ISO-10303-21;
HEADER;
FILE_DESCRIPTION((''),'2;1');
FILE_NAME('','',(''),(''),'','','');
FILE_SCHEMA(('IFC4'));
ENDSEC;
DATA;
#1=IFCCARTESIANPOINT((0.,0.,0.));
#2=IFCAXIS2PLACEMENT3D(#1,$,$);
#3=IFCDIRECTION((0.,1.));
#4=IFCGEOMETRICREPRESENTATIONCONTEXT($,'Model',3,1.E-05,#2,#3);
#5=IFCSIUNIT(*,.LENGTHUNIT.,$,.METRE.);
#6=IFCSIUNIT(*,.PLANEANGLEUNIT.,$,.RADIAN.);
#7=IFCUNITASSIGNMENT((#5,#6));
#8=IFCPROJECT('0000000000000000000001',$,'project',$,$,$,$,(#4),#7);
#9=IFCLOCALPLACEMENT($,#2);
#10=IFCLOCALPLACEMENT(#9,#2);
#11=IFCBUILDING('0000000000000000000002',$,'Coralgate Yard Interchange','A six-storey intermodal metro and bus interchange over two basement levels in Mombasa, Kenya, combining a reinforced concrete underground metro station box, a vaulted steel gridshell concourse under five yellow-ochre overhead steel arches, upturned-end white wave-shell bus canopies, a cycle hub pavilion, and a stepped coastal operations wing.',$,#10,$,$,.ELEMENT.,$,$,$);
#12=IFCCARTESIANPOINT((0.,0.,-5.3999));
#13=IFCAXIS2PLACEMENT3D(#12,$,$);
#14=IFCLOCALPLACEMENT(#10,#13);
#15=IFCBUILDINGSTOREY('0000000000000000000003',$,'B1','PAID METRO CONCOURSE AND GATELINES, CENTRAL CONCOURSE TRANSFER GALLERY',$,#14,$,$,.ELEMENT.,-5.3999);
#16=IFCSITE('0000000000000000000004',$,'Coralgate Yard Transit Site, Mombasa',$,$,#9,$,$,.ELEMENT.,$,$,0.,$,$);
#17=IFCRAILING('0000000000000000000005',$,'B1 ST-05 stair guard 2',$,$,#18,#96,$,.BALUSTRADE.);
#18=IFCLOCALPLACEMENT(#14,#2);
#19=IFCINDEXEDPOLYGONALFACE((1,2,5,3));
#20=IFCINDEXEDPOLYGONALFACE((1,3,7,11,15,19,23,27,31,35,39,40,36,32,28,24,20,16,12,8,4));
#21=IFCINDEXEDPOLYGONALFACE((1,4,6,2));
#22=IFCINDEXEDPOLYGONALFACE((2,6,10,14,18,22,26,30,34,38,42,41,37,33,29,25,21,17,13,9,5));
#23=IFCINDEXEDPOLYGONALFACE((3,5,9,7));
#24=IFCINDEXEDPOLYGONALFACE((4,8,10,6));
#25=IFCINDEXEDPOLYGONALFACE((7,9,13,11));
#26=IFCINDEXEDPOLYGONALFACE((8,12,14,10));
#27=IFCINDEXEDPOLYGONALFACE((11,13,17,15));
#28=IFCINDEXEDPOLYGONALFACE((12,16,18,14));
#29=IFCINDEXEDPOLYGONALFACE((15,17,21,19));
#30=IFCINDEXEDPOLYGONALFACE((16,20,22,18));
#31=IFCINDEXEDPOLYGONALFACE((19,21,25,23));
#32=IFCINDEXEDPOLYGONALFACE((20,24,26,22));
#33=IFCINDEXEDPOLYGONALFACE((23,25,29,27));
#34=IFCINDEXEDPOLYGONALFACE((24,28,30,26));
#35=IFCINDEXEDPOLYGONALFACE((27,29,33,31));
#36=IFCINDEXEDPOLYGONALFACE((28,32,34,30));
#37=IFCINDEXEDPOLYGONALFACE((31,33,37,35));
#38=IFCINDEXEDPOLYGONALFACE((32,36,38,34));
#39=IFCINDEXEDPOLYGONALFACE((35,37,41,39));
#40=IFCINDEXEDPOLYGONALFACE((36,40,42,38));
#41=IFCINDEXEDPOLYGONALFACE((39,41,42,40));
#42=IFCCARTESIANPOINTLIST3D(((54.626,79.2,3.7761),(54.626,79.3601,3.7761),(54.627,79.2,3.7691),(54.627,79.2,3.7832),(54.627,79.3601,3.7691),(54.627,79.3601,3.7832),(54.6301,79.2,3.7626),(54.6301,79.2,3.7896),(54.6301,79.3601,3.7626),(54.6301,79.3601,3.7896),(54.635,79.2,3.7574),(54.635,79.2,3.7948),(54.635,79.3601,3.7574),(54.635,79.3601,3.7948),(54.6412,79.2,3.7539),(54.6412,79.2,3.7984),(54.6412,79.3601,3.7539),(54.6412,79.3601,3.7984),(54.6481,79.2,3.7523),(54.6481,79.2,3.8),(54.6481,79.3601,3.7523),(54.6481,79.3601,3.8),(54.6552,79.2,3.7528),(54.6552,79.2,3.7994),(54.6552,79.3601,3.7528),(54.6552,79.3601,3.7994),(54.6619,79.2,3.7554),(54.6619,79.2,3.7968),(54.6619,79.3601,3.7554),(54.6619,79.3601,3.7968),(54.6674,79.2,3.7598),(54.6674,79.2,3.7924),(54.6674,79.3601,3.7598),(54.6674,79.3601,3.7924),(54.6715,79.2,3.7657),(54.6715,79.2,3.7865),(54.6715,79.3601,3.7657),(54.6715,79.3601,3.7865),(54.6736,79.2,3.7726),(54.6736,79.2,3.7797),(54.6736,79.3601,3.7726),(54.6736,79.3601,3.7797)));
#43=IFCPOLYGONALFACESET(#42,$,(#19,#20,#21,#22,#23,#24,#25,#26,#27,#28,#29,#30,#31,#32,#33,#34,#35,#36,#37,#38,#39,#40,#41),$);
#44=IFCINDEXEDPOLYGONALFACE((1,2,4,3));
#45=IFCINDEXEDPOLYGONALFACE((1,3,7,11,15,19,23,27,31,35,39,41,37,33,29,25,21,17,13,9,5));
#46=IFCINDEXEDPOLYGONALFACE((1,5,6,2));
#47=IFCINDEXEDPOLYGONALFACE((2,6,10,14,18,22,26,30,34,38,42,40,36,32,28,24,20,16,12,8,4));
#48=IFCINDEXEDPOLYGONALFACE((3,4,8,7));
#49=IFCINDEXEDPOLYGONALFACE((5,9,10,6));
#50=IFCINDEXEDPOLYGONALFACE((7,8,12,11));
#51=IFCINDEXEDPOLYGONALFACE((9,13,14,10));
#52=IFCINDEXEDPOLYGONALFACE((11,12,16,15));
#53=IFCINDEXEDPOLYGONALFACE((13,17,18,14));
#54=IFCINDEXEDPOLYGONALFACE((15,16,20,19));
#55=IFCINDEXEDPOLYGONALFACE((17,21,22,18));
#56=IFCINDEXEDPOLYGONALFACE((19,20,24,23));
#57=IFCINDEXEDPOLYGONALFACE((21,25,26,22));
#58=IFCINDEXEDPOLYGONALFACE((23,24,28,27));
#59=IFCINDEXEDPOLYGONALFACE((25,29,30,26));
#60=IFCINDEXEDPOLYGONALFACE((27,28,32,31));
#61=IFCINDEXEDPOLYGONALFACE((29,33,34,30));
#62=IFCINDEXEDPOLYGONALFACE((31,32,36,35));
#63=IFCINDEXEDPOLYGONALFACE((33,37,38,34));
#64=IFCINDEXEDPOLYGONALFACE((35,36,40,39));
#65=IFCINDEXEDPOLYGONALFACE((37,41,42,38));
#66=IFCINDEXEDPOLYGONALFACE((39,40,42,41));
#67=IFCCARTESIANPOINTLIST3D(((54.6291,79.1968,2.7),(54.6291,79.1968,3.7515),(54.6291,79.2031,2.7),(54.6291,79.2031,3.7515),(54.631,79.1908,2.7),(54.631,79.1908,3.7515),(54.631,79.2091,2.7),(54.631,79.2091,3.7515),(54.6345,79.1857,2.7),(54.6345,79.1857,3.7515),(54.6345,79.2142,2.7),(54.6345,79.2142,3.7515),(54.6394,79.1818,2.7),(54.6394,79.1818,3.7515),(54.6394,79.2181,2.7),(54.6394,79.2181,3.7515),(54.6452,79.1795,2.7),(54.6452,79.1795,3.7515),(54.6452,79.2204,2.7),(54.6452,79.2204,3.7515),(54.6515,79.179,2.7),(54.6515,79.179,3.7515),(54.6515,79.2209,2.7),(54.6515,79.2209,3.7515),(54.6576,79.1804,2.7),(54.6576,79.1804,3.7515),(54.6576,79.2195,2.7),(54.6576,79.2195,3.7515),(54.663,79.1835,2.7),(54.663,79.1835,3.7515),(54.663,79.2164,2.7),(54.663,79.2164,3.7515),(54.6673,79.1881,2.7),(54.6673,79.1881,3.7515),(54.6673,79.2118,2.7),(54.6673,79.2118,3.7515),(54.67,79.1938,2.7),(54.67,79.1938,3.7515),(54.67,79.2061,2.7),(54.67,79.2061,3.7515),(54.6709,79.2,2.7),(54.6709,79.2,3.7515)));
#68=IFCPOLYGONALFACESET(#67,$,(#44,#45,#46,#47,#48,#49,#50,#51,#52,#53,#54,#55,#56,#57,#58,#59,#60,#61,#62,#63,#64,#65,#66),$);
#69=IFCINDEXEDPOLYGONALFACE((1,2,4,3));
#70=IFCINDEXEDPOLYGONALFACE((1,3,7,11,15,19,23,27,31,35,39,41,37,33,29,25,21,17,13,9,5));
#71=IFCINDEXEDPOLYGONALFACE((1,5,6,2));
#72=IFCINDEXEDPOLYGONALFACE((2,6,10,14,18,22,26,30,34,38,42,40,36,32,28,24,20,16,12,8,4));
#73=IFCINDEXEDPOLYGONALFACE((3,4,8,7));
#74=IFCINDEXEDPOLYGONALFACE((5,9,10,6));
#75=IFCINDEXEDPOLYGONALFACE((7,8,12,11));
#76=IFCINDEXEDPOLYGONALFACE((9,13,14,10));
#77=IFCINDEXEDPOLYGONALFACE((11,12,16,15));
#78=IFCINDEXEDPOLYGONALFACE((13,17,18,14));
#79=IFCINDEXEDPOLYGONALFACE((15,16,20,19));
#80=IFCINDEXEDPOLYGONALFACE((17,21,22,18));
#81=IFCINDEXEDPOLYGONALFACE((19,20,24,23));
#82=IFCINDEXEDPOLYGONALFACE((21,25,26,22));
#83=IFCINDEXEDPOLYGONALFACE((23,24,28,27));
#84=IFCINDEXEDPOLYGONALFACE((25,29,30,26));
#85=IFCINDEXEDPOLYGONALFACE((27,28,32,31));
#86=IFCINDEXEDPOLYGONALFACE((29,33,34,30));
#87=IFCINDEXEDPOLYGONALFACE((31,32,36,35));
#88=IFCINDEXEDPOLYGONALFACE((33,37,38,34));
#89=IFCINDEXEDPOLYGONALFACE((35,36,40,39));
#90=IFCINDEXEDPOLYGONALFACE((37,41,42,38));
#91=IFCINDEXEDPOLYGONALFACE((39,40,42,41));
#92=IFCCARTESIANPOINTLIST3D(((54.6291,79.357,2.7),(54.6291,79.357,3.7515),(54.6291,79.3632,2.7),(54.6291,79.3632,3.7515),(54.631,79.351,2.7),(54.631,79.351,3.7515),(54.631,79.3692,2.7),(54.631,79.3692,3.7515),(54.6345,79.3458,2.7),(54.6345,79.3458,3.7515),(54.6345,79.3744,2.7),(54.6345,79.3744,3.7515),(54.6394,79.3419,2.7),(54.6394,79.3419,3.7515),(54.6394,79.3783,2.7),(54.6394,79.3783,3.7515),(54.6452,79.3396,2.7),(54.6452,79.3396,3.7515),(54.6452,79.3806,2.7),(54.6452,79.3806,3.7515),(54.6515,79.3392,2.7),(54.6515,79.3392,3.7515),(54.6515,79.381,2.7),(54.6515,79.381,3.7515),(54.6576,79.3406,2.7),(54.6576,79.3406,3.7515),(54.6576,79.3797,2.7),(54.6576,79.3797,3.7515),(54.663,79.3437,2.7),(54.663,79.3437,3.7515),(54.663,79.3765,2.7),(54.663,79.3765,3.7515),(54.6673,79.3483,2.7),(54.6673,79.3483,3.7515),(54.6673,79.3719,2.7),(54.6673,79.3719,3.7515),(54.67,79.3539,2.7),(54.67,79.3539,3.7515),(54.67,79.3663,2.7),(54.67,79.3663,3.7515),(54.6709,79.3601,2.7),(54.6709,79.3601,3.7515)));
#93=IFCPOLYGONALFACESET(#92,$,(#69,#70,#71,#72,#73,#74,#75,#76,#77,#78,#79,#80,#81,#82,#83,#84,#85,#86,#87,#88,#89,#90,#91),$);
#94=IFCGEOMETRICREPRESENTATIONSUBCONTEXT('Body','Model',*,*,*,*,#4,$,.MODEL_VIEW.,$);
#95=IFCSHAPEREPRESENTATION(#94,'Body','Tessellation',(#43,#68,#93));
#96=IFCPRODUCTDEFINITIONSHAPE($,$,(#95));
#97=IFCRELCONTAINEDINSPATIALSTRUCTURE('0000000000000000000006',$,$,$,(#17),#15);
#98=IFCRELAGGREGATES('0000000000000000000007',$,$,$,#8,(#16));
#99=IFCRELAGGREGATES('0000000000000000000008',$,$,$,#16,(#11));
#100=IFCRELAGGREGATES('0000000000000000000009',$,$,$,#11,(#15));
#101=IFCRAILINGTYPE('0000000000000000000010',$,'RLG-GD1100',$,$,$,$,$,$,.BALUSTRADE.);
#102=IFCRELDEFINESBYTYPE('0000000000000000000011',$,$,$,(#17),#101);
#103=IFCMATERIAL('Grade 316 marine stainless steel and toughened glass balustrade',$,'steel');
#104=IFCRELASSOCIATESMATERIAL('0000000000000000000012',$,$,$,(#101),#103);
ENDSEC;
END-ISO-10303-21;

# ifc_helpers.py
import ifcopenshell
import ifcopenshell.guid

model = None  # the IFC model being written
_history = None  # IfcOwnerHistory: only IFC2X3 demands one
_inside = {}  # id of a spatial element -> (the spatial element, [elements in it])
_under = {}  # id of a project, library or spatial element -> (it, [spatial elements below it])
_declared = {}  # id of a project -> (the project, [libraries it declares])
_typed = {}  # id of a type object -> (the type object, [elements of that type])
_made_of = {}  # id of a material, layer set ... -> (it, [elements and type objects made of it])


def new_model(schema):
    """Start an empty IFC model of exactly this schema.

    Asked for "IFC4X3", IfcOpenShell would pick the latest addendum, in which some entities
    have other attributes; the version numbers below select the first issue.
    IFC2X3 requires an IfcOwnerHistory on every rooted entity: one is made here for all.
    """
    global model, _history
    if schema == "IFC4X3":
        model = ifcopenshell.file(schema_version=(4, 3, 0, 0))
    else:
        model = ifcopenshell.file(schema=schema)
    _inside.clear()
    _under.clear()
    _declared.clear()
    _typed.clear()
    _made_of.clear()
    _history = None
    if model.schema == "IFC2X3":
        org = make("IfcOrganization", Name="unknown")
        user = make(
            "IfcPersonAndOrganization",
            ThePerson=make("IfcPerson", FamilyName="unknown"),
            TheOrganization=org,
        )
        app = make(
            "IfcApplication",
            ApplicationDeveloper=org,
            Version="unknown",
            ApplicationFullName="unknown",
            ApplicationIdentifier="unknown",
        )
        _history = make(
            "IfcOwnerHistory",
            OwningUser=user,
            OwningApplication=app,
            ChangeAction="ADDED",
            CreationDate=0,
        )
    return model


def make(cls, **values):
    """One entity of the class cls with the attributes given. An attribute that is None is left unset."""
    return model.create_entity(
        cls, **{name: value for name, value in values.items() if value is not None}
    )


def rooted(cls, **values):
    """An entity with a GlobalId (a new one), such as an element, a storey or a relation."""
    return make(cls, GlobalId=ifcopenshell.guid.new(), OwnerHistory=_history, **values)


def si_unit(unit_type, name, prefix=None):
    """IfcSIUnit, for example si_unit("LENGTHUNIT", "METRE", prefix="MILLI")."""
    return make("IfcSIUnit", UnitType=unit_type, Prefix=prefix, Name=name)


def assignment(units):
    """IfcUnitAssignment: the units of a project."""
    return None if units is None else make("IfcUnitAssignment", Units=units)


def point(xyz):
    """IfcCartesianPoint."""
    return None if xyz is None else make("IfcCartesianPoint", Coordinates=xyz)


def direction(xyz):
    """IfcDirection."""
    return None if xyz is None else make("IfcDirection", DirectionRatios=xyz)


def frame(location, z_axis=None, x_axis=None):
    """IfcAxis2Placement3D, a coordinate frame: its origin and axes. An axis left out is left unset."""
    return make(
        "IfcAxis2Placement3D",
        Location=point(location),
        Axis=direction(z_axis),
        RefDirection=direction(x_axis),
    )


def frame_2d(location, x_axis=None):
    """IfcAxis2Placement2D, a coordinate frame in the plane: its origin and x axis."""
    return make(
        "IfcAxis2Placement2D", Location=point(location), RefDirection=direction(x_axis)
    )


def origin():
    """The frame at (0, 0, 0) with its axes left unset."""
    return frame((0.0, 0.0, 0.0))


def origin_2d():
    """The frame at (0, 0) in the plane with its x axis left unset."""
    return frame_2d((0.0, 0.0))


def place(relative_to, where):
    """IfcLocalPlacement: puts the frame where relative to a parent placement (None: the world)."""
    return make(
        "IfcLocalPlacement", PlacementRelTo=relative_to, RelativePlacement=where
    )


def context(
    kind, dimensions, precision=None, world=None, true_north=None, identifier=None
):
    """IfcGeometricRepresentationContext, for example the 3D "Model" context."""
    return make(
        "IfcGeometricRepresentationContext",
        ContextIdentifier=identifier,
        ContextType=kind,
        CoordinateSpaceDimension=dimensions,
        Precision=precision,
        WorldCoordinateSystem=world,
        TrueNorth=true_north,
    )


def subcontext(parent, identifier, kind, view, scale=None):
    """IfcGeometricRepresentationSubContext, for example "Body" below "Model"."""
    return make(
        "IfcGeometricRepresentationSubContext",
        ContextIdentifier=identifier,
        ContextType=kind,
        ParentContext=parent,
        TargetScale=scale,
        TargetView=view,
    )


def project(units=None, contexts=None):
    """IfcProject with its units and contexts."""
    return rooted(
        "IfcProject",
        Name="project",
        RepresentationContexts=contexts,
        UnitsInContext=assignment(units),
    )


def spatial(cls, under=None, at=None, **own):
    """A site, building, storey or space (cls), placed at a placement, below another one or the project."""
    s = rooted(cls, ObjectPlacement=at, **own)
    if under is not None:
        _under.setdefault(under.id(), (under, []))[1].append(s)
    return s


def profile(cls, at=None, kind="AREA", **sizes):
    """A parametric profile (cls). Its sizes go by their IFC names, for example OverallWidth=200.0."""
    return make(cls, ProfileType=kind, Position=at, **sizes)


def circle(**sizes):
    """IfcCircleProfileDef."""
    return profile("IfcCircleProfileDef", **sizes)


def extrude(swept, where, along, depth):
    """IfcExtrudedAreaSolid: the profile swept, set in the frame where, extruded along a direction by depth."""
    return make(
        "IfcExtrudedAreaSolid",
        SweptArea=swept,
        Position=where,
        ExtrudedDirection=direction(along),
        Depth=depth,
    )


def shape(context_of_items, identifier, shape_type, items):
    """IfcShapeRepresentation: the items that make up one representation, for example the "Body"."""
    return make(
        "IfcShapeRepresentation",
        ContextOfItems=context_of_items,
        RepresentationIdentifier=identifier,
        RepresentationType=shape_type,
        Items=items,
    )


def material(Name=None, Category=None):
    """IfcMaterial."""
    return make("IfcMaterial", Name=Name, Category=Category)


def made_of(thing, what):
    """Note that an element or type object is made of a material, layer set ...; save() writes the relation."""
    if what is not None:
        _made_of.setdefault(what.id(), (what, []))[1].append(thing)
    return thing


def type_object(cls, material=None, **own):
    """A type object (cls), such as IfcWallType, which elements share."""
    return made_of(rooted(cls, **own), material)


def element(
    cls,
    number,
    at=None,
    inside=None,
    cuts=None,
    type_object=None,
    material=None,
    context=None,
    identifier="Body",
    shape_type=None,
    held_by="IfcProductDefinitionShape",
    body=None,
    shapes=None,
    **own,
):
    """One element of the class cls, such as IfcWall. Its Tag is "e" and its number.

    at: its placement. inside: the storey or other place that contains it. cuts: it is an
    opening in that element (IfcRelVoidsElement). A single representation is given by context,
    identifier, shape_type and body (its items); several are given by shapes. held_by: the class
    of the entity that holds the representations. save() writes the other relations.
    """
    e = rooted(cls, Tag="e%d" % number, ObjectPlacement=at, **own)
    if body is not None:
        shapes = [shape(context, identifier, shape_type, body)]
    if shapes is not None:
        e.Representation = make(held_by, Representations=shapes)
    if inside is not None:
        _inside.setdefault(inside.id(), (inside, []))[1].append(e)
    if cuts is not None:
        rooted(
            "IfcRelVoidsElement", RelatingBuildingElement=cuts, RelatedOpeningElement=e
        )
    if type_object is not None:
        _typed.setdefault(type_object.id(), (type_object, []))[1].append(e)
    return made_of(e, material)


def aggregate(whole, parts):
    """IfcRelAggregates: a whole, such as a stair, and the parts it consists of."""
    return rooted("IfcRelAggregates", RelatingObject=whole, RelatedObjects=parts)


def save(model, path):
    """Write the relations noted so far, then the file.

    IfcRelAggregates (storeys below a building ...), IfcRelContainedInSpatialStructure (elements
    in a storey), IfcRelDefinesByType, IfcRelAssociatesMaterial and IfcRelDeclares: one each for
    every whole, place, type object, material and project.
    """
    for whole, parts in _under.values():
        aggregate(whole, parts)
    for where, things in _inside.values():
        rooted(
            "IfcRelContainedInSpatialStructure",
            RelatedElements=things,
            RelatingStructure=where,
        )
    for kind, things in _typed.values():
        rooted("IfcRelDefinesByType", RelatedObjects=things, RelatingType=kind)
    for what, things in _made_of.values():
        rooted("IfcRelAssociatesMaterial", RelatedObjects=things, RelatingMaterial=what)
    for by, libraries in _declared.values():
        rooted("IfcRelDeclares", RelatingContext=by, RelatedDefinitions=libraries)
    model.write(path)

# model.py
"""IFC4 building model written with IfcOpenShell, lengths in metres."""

from ifc_helpers import new_model, si_unit, direction, frame, origin, origin_2d, place, context, subcontext, project, spatial, circle, extrude, material, type_object, element, save


model = new_model("IFC4")

# Units and contexts
model_context = context("Model", 3, precision=1e-05, world=origin(), true_north=direction((0.0, 1.0)))
body_context = subcontext(model_context, "Body", "Model", "MODEL_VIEW")
ifc_project = project(units=[si_unit("LENGTHUNIT", "METRE"), si_unit("PLANEANGLEUNIT", "RADIAN")], contexts=[model_context])

# Site, building, storey
site_placement = place(None, origin())
site = spatial("IfcSite", under=ifc_project, at=site_placement, Name="Coralgate Yard Transit Site, Mombasa", CompositionType="ELEMENT", RefElevation=0.0)
building_placement = place(site_placement, origin())
building = spatial("IfcBuilding", under=site, at=building_placement, Name="Coralgate Yard Interchange", Description="A six-storey intermodal metro and bus interchange over two basement levels in Mombasa, Kenya, combining a reinforced concrete underground metro station box, a vaulted steel gridshell concourse under five yellow-ochre overhead steel arches, upturned-end white wave-shell bus canopies, a cycle hub pavilion, and a stepped coastal operations wing.", CompositionType="ELEMENT")
storey_placement = place(building_placement, frame((0.0, 0.0, -5.3999)))
storey = spatial("IfcBuildingStorey", under=building, at=storey_placement, Name="B1", Description="PAID METRO CONCOURSE AND GATELINES, CENTRAL CONCOURSE TRANSFER GALLERY", CompositionType="ELEMENT", Elevation=-5.3999)

# Railing
ifc_material_1 = material(Name="Grade 316 marine stainless steel and toughened glass balustrade", Category="steel")
railing_type_1 = type_object("IfcRailingType", Name="RLG-GD1100", PredefinedType="BALUSTRADE", material=ifc_material_1)
railing_1_placement = place(storey_placement, frame((54.6499, 79.2, 2.7)))
element("IfcRailing", 1, at=railing_1_placement, inside=storey, type_object=railing_type_1, Name="B1 ST-05 stair guard 2", PredefinedType="BALUSTRADE", context=body_context, shape_type="SweptSolid", body=[
    extrude(circle(Radius=0.0239, at=origin_2d()), frame((0.0, 0.0, 1.0762), z_axis=(0.0, 1.0, 0.0), x_axis=(-1.0, 0.0, 0.0)), (0.0, 0.0, 1.0), 0.1602),
    extrude(circle(Radius=0.021, at=origin_2d()), origin(), (0.0, 0.0, 1.0), 1.0515),
    extrude(circle(Radius=0.021, at=origin_2d()), frame((0.0, 0.1602, 0.0)), (0.0, 0.0, 1.0), 1.0515),
])

save(model, "model.ifc")
